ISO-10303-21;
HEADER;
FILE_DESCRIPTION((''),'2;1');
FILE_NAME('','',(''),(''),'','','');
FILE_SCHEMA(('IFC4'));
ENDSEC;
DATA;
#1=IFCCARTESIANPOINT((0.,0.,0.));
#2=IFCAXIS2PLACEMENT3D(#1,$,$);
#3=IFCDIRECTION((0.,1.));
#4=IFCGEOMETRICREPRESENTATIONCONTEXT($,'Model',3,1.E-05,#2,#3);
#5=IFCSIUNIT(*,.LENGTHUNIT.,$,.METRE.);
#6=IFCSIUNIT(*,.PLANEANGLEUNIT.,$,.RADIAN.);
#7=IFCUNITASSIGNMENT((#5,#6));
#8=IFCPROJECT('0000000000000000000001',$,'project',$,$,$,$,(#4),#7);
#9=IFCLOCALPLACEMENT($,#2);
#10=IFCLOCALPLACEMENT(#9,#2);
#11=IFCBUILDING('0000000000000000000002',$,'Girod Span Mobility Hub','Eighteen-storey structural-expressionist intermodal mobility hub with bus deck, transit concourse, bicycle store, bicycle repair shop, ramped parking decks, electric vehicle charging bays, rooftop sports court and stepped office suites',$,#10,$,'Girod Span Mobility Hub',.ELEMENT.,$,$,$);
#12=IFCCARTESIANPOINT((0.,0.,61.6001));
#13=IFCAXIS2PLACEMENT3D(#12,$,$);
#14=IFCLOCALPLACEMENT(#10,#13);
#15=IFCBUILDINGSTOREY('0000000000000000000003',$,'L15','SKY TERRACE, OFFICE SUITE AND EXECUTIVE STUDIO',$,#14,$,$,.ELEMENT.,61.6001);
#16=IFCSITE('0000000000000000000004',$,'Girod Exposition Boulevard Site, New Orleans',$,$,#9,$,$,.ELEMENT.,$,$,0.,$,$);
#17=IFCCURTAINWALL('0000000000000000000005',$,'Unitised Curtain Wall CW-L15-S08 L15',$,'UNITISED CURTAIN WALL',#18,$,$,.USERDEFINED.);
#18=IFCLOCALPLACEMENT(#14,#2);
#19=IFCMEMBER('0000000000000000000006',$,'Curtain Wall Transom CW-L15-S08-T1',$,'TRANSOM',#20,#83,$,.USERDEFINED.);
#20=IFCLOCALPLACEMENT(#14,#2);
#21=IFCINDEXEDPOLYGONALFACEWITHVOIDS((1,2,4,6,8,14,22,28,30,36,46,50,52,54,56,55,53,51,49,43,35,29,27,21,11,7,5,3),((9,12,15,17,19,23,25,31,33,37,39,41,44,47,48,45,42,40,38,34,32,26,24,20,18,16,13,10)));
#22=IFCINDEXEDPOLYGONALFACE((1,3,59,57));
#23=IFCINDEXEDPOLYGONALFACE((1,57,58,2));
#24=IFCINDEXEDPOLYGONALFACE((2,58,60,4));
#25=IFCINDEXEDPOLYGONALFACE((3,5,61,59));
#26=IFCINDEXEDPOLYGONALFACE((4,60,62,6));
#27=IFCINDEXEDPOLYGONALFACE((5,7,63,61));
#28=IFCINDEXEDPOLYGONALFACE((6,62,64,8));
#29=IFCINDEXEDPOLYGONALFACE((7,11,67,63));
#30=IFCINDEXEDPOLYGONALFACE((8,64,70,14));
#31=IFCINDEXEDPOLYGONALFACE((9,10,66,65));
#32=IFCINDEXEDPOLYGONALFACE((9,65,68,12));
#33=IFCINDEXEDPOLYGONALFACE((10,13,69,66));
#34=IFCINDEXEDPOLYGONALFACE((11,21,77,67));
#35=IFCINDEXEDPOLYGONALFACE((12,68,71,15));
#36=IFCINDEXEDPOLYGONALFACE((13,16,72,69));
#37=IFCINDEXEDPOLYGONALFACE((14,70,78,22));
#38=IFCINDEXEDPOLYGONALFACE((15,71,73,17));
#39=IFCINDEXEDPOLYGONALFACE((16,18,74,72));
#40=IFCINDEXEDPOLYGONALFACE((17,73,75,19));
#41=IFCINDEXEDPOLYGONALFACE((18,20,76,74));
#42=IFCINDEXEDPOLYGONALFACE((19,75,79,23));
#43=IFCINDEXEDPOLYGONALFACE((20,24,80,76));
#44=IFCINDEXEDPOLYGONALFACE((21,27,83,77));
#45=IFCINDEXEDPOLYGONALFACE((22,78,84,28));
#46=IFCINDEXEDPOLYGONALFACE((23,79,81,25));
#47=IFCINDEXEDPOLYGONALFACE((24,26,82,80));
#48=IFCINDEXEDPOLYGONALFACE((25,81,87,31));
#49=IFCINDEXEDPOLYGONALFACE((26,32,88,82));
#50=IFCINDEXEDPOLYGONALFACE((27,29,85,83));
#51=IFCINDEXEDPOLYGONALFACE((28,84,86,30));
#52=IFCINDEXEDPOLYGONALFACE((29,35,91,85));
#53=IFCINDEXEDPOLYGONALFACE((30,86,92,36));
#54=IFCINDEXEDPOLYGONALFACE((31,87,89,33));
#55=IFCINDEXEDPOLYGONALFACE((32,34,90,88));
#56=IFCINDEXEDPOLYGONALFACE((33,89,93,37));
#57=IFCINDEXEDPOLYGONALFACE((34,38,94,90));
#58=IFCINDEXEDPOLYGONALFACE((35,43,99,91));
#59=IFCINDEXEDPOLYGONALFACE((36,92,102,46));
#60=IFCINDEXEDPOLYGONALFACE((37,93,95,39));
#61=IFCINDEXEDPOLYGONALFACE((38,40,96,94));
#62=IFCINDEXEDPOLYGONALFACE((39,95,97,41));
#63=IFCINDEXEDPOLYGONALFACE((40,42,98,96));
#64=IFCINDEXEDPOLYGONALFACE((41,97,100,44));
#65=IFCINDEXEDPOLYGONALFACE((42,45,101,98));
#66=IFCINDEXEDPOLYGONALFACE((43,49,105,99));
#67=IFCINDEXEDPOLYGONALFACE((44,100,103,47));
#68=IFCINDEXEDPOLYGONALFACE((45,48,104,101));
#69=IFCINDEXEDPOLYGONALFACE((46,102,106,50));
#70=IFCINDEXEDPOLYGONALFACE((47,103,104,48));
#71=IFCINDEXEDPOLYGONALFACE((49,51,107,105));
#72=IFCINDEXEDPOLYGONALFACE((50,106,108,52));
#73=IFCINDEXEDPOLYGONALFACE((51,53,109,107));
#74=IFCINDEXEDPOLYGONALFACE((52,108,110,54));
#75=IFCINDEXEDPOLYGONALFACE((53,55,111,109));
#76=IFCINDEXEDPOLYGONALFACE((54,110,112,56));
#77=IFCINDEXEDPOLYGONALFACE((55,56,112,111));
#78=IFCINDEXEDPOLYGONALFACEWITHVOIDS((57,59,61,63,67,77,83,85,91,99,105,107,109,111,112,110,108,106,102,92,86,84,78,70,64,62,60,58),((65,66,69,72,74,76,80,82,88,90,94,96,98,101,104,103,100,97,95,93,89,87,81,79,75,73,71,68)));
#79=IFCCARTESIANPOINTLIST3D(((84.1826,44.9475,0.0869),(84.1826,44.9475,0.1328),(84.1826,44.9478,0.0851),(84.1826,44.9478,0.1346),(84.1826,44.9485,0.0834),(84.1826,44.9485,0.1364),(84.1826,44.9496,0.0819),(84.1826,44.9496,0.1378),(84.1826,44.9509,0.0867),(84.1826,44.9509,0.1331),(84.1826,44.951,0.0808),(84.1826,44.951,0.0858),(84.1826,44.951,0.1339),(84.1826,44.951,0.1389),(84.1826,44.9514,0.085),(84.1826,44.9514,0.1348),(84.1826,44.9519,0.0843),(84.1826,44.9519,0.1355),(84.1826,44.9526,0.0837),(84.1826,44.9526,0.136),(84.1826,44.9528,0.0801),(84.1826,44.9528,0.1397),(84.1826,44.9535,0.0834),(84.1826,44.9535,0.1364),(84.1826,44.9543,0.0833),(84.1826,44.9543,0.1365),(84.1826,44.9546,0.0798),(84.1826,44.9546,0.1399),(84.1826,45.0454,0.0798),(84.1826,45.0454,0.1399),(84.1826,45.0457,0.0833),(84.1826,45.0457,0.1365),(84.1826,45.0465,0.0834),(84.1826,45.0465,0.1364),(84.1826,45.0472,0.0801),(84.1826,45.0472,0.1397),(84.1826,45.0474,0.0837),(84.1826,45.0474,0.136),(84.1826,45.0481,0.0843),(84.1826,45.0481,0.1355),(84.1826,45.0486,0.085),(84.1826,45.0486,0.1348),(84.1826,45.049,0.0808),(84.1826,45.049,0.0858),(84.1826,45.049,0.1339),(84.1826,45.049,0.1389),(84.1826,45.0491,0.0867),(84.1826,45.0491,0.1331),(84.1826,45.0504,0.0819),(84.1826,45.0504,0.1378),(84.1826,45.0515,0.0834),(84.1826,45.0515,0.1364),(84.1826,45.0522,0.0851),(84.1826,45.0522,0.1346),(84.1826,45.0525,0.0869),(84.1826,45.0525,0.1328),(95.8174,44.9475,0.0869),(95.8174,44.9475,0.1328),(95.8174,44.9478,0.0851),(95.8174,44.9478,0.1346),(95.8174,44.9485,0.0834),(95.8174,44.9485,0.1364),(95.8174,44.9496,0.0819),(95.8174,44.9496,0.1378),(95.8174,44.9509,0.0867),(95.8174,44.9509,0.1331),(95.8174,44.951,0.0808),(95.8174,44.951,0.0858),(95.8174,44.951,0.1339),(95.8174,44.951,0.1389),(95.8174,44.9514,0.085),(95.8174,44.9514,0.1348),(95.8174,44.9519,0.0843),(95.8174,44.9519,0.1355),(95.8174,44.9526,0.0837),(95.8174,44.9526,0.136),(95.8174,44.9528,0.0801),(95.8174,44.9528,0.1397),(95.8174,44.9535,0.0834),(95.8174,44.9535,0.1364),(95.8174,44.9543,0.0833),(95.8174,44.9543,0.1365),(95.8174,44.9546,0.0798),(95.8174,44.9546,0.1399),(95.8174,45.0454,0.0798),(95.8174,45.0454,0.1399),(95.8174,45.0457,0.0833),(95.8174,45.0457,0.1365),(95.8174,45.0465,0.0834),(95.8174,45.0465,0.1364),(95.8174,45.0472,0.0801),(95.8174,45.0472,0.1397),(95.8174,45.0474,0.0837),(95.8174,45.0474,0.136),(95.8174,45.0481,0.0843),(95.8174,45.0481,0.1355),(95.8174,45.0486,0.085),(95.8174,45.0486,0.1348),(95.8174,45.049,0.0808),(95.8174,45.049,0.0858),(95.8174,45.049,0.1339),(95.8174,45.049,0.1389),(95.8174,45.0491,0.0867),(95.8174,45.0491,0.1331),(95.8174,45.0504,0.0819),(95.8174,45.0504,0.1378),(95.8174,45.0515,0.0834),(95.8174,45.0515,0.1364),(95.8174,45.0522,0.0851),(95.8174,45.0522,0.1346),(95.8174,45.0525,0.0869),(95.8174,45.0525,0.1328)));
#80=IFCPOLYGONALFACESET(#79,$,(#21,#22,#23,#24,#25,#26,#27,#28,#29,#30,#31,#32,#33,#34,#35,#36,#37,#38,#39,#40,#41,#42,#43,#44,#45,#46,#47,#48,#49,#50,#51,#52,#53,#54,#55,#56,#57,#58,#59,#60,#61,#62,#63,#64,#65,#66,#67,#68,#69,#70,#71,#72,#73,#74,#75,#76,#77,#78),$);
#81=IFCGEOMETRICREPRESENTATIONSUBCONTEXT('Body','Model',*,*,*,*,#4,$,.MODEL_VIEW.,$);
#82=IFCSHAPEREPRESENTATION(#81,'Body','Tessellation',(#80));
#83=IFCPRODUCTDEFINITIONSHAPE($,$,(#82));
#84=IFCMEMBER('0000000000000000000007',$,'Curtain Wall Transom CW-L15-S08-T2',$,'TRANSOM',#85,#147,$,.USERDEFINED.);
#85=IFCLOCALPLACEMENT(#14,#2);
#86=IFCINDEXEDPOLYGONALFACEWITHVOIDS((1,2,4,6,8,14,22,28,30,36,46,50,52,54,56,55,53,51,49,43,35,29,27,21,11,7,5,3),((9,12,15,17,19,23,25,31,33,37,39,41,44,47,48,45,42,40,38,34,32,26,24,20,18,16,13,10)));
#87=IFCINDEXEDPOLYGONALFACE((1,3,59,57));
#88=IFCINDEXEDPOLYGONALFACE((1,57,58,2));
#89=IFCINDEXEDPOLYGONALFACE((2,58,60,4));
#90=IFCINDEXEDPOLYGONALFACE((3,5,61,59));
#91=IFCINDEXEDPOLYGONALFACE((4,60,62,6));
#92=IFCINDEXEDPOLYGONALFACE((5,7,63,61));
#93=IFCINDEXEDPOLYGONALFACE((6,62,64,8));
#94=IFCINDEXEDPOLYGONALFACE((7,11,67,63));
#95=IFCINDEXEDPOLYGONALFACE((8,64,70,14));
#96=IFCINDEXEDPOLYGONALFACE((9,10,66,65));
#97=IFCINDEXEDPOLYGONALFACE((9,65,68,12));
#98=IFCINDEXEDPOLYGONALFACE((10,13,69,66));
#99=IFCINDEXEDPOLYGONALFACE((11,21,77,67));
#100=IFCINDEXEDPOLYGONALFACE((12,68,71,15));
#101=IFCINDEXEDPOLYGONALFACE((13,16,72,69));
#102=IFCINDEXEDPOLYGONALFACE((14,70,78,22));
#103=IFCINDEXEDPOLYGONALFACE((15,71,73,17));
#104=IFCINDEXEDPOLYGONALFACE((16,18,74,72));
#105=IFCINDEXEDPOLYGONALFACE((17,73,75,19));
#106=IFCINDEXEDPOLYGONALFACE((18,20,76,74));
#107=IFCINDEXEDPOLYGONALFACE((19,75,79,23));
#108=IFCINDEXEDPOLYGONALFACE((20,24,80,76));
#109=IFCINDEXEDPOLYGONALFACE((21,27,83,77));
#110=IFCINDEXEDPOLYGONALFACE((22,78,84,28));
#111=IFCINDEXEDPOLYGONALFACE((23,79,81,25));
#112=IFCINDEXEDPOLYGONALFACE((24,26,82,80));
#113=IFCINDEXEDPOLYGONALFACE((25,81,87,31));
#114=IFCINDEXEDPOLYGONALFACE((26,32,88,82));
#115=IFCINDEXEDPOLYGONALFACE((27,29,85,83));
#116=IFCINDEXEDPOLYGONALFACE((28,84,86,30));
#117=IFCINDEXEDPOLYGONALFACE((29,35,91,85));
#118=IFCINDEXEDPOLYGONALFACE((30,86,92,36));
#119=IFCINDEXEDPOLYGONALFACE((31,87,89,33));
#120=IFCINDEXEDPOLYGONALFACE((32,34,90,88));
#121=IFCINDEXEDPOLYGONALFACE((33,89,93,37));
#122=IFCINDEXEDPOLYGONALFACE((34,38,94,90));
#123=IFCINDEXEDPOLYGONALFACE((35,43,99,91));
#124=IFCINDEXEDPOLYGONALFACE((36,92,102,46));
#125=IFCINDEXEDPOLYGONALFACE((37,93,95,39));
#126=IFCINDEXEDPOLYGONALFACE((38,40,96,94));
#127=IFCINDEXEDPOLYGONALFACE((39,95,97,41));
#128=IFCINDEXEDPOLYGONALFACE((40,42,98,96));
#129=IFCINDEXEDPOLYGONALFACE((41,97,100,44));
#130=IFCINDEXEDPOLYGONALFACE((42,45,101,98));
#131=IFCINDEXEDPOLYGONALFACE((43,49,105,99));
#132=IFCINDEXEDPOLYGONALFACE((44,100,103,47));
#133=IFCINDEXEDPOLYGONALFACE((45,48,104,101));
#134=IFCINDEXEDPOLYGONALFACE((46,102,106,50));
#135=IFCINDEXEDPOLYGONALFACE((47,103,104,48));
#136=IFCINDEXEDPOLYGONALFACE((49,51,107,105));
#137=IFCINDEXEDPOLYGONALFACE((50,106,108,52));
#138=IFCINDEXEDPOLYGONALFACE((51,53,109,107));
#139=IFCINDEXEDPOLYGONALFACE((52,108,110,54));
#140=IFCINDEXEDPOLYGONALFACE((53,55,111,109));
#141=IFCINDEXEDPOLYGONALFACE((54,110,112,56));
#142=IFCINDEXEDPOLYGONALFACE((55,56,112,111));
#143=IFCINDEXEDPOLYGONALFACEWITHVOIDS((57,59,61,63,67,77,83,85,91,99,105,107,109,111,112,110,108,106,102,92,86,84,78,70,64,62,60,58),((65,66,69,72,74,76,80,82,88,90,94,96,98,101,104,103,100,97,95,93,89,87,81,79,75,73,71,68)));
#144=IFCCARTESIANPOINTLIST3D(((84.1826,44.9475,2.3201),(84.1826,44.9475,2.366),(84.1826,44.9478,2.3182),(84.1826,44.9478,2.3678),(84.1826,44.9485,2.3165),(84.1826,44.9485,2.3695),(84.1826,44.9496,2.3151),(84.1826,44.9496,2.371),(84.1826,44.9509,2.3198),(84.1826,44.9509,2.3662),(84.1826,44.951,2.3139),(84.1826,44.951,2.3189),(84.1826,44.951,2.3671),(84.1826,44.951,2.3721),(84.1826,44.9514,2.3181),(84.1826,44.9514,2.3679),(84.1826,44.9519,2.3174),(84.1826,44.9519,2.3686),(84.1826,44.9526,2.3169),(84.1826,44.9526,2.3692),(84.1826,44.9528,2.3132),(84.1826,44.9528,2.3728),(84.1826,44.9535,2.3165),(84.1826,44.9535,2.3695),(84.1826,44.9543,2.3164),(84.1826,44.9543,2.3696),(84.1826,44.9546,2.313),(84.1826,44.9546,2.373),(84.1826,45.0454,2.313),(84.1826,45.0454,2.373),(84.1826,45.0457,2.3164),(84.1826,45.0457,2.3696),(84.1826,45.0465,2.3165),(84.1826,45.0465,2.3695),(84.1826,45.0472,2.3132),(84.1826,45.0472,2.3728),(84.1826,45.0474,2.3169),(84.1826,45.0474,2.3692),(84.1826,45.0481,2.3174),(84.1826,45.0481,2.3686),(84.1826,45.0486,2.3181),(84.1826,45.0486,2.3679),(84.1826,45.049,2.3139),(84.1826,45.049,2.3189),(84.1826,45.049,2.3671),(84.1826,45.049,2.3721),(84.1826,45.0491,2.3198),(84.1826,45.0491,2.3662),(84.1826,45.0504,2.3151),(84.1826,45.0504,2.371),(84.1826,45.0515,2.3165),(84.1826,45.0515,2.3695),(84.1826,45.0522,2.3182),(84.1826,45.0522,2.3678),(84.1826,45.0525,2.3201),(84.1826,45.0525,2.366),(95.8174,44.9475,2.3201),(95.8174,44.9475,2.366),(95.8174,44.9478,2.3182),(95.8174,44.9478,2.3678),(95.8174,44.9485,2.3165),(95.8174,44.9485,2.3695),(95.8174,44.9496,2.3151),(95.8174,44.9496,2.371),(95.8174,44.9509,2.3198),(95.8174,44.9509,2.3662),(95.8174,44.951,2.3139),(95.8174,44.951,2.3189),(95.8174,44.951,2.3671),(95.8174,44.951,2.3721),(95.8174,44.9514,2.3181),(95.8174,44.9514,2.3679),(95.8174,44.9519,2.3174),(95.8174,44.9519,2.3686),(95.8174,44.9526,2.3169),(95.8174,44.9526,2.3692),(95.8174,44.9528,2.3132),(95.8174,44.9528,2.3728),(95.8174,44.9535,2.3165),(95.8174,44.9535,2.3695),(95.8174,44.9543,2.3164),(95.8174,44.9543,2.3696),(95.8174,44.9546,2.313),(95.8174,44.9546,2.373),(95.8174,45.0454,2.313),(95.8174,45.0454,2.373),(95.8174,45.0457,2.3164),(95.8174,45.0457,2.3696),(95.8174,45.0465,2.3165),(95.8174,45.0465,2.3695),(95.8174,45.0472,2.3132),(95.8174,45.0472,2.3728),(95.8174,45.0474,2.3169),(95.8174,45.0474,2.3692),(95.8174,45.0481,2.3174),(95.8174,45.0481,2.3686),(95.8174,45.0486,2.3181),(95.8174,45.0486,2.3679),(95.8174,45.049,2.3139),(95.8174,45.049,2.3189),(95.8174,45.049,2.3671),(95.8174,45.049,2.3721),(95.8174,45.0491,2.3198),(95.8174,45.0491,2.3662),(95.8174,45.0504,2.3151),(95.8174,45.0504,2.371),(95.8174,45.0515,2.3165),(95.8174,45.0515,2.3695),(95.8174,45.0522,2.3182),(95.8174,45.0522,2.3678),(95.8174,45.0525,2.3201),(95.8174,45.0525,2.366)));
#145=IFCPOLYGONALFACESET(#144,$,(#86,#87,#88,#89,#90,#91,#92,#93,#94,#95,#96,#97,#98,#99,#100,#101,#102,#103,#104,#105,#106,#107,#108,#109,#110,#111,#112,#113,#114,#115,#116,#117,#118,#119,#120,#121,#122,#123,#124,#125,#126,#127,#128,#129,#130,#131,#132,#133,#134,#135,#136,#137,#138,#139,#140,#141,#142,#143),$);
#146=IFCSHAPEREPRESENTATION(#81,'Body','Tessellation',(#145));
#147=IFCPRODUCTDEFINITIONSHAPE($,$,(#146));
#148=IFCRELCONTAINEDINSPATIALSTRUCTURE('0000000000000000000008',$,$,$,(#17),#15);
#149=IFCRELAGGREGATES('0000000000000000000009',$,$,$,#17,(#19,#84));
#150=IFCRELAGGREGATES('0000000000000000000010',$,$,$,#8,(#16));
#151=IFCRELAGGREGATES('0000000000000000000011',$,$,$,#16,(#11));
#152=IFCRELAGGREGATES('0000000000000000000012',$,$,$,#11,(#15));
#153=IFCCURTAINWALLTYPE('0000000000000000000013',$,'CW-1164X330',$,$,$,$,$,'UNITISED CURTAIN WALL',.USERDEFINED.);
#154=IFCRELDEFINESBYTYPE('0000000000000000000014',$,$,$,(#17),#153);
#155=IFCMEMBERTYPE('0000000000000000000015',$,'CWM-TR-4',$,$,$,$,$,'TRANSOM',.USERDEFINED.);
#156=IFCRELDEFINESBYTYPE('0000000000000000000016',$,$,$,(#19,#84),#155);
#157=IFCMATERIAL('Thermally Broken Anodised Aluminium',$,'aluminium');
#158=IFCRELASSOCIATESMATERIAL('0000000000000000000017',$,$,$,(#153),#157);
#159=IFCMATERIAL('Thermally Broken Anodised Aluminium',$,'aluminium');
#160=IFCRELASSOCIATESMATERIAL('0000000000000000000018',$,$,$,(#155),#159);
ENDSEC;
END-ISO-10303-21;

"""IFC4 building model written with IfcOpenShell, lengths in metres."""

from ifc_helpers import new_model, si_unit, direction, frame, origin, origin_2d, place, context, subcontext, project, spatial, hollow_rectangle, extrude, material, material_profile, profile_set, type_object, element, aggregate, save


model = new_model("IFC4")

# Units and contexts
model_context = context("Model", 3, precision=1e-05, world=origin(), true_north=direction((0.0, 1.0)))
body_context = subcontext(model_context, "Body", "Model", "MODEL_VIEW")
ifc_project = project(units=[si_unit("LENGTHUNIT", "METRE"), si_unit("PLANEANGLEUNIT", "RADIAN")], contexts=[model_context])

# Site, building, storey
site_placement = place(None, origin())
site = spatial("IfcSite", under=ifc_project, at=site_placement, Name="Girod Exposition Boulevard Site, New Orleans", CompositionType="ELEMENT", RefElevation=0.0)
building_placement = place(site_placement, origin())
building = spatial("IfcBuilding", under=site, at=building_placement, Name="Girod Span Mobility Hub", Description="Eighteen-storey structural-expressionist intermodal mobility hub with bus deck, transit concourse, bicycle store, bicycle repair shop, ramped parking decks, electric vehicle charging bays, rooftop sports court and stepped office suites", LongName="Girod Span Mobility Hub", CompositionType="ELEMENT")
storey_placement = place(building_placement, frame((0.0, 0.0, 61.6001)))
storey = spatial("IfcBuildingStorey", under=building, at=storey_placement, Name="L15", Description="SKY TERRACE, OFFICE SUITE AND EXECUTIVE STUDIO", CompositionType="ELEMENT", Elevation=61.6001)

# Shared definitions
ifc_material_1 = material(Name="Thermally Broken Anodised Aluminium", Category="aluminium")
curtain_wall_type = type_object("IfcCurtainWallType", Name="CW-1164X330", ElementType="UNITISED CURTAIN WALL", PredefinedType="USERDEFINED", material=ifc_material_1)

# Curtain wall, members
curtain_wall_1_placement = place(storey_placement, origin())
curtain_wall_1 = element("IfcCurtainWall", 1, at=curtain_wall_1_placement, inside=storey, type_object=curtain_wall_type, Name="Unitised Curtain Wall CW-L15-S08 L15", ObjectType="UNITISED CURTAIN WALL", PredefinedType="USERDEFINED")
ifc_material_2 = material(Name="Thermally Broken Anodised Aluminium", Category="aluminium")
ifc_material_profile_1 = material_profile(ifc_material_2, hollow_rectangle(XDim=0.105, YDim=0.0601, WallThickness=0.0034, InnerFilletRadius=0.0034, OuterFilletRadius=0.0071, at=origin_2d()), Name="CW-TR-60X105")
ifc_profile_set_1 = profile_set([ifc_material_profile_1], Name="Thermally Broken Anodised Aluminium")
member_type_1 = type_object("IfcMemberType", Name="CWM-TR-4", ElementType="TRANSOM", PredefinedType="USERDEFINED", material=ifc_profile_set_1)
member_1_placement = place(storey_placement, frame((84.1826, 45.0, 0.1099), z_axis=(1.0, 0.0, 0.0), x_axis=(0.0, 1.0, 0.0)))
member_1 = element("IfcMember", 2, at=member_1_placement, type_object=member_type_1, Name="Curtain Wall Transom CW-L15-S08-T1", ObjectType="TRANSOM", PredefinedType="USERDEFINED", context=body_context, shape_type="SweptSolid", body=[
    extrude(hollow_rectangle(XDim=0.105, YDim=0.0601, WallThickness=0.0034, InnerFilletRadius=0.0034, OuterFilletRadius=0.0071, at=origin_2d()), origin(), (0.0, 0.0, 1.0), 11.6348),
])
member_2_placement = place(storey_placement, frame((84.1826, 45.0, 2.343), z_axis=(1.0, 0.0, 0.0), x_axis=(0.0, 1.0, 0.0)))
member_2 = element("IfcMember", 3, at=member_2_placement, type_object=member_type_1, Name="Curtain Wall Transom CW-L15-S08-T2", ObjectType="TRANSOM", PredefinedType="USERDEFINED", context=body_context, shape_type="SweptSolid", body=[
    extrude(hollow_rectangle(XDim=0.105, YDim=0.0601, WallThickness=0.0034, InnerFilletRadius=0.0034, OuterFilletRadius=0.0071, at=origin_2d()), origin(), (0.0, 0.0, 1.0), 11.6348),
])

aggregate(curtain_wall_1, [member_1, member_2])

save(model, "model.ifc")
